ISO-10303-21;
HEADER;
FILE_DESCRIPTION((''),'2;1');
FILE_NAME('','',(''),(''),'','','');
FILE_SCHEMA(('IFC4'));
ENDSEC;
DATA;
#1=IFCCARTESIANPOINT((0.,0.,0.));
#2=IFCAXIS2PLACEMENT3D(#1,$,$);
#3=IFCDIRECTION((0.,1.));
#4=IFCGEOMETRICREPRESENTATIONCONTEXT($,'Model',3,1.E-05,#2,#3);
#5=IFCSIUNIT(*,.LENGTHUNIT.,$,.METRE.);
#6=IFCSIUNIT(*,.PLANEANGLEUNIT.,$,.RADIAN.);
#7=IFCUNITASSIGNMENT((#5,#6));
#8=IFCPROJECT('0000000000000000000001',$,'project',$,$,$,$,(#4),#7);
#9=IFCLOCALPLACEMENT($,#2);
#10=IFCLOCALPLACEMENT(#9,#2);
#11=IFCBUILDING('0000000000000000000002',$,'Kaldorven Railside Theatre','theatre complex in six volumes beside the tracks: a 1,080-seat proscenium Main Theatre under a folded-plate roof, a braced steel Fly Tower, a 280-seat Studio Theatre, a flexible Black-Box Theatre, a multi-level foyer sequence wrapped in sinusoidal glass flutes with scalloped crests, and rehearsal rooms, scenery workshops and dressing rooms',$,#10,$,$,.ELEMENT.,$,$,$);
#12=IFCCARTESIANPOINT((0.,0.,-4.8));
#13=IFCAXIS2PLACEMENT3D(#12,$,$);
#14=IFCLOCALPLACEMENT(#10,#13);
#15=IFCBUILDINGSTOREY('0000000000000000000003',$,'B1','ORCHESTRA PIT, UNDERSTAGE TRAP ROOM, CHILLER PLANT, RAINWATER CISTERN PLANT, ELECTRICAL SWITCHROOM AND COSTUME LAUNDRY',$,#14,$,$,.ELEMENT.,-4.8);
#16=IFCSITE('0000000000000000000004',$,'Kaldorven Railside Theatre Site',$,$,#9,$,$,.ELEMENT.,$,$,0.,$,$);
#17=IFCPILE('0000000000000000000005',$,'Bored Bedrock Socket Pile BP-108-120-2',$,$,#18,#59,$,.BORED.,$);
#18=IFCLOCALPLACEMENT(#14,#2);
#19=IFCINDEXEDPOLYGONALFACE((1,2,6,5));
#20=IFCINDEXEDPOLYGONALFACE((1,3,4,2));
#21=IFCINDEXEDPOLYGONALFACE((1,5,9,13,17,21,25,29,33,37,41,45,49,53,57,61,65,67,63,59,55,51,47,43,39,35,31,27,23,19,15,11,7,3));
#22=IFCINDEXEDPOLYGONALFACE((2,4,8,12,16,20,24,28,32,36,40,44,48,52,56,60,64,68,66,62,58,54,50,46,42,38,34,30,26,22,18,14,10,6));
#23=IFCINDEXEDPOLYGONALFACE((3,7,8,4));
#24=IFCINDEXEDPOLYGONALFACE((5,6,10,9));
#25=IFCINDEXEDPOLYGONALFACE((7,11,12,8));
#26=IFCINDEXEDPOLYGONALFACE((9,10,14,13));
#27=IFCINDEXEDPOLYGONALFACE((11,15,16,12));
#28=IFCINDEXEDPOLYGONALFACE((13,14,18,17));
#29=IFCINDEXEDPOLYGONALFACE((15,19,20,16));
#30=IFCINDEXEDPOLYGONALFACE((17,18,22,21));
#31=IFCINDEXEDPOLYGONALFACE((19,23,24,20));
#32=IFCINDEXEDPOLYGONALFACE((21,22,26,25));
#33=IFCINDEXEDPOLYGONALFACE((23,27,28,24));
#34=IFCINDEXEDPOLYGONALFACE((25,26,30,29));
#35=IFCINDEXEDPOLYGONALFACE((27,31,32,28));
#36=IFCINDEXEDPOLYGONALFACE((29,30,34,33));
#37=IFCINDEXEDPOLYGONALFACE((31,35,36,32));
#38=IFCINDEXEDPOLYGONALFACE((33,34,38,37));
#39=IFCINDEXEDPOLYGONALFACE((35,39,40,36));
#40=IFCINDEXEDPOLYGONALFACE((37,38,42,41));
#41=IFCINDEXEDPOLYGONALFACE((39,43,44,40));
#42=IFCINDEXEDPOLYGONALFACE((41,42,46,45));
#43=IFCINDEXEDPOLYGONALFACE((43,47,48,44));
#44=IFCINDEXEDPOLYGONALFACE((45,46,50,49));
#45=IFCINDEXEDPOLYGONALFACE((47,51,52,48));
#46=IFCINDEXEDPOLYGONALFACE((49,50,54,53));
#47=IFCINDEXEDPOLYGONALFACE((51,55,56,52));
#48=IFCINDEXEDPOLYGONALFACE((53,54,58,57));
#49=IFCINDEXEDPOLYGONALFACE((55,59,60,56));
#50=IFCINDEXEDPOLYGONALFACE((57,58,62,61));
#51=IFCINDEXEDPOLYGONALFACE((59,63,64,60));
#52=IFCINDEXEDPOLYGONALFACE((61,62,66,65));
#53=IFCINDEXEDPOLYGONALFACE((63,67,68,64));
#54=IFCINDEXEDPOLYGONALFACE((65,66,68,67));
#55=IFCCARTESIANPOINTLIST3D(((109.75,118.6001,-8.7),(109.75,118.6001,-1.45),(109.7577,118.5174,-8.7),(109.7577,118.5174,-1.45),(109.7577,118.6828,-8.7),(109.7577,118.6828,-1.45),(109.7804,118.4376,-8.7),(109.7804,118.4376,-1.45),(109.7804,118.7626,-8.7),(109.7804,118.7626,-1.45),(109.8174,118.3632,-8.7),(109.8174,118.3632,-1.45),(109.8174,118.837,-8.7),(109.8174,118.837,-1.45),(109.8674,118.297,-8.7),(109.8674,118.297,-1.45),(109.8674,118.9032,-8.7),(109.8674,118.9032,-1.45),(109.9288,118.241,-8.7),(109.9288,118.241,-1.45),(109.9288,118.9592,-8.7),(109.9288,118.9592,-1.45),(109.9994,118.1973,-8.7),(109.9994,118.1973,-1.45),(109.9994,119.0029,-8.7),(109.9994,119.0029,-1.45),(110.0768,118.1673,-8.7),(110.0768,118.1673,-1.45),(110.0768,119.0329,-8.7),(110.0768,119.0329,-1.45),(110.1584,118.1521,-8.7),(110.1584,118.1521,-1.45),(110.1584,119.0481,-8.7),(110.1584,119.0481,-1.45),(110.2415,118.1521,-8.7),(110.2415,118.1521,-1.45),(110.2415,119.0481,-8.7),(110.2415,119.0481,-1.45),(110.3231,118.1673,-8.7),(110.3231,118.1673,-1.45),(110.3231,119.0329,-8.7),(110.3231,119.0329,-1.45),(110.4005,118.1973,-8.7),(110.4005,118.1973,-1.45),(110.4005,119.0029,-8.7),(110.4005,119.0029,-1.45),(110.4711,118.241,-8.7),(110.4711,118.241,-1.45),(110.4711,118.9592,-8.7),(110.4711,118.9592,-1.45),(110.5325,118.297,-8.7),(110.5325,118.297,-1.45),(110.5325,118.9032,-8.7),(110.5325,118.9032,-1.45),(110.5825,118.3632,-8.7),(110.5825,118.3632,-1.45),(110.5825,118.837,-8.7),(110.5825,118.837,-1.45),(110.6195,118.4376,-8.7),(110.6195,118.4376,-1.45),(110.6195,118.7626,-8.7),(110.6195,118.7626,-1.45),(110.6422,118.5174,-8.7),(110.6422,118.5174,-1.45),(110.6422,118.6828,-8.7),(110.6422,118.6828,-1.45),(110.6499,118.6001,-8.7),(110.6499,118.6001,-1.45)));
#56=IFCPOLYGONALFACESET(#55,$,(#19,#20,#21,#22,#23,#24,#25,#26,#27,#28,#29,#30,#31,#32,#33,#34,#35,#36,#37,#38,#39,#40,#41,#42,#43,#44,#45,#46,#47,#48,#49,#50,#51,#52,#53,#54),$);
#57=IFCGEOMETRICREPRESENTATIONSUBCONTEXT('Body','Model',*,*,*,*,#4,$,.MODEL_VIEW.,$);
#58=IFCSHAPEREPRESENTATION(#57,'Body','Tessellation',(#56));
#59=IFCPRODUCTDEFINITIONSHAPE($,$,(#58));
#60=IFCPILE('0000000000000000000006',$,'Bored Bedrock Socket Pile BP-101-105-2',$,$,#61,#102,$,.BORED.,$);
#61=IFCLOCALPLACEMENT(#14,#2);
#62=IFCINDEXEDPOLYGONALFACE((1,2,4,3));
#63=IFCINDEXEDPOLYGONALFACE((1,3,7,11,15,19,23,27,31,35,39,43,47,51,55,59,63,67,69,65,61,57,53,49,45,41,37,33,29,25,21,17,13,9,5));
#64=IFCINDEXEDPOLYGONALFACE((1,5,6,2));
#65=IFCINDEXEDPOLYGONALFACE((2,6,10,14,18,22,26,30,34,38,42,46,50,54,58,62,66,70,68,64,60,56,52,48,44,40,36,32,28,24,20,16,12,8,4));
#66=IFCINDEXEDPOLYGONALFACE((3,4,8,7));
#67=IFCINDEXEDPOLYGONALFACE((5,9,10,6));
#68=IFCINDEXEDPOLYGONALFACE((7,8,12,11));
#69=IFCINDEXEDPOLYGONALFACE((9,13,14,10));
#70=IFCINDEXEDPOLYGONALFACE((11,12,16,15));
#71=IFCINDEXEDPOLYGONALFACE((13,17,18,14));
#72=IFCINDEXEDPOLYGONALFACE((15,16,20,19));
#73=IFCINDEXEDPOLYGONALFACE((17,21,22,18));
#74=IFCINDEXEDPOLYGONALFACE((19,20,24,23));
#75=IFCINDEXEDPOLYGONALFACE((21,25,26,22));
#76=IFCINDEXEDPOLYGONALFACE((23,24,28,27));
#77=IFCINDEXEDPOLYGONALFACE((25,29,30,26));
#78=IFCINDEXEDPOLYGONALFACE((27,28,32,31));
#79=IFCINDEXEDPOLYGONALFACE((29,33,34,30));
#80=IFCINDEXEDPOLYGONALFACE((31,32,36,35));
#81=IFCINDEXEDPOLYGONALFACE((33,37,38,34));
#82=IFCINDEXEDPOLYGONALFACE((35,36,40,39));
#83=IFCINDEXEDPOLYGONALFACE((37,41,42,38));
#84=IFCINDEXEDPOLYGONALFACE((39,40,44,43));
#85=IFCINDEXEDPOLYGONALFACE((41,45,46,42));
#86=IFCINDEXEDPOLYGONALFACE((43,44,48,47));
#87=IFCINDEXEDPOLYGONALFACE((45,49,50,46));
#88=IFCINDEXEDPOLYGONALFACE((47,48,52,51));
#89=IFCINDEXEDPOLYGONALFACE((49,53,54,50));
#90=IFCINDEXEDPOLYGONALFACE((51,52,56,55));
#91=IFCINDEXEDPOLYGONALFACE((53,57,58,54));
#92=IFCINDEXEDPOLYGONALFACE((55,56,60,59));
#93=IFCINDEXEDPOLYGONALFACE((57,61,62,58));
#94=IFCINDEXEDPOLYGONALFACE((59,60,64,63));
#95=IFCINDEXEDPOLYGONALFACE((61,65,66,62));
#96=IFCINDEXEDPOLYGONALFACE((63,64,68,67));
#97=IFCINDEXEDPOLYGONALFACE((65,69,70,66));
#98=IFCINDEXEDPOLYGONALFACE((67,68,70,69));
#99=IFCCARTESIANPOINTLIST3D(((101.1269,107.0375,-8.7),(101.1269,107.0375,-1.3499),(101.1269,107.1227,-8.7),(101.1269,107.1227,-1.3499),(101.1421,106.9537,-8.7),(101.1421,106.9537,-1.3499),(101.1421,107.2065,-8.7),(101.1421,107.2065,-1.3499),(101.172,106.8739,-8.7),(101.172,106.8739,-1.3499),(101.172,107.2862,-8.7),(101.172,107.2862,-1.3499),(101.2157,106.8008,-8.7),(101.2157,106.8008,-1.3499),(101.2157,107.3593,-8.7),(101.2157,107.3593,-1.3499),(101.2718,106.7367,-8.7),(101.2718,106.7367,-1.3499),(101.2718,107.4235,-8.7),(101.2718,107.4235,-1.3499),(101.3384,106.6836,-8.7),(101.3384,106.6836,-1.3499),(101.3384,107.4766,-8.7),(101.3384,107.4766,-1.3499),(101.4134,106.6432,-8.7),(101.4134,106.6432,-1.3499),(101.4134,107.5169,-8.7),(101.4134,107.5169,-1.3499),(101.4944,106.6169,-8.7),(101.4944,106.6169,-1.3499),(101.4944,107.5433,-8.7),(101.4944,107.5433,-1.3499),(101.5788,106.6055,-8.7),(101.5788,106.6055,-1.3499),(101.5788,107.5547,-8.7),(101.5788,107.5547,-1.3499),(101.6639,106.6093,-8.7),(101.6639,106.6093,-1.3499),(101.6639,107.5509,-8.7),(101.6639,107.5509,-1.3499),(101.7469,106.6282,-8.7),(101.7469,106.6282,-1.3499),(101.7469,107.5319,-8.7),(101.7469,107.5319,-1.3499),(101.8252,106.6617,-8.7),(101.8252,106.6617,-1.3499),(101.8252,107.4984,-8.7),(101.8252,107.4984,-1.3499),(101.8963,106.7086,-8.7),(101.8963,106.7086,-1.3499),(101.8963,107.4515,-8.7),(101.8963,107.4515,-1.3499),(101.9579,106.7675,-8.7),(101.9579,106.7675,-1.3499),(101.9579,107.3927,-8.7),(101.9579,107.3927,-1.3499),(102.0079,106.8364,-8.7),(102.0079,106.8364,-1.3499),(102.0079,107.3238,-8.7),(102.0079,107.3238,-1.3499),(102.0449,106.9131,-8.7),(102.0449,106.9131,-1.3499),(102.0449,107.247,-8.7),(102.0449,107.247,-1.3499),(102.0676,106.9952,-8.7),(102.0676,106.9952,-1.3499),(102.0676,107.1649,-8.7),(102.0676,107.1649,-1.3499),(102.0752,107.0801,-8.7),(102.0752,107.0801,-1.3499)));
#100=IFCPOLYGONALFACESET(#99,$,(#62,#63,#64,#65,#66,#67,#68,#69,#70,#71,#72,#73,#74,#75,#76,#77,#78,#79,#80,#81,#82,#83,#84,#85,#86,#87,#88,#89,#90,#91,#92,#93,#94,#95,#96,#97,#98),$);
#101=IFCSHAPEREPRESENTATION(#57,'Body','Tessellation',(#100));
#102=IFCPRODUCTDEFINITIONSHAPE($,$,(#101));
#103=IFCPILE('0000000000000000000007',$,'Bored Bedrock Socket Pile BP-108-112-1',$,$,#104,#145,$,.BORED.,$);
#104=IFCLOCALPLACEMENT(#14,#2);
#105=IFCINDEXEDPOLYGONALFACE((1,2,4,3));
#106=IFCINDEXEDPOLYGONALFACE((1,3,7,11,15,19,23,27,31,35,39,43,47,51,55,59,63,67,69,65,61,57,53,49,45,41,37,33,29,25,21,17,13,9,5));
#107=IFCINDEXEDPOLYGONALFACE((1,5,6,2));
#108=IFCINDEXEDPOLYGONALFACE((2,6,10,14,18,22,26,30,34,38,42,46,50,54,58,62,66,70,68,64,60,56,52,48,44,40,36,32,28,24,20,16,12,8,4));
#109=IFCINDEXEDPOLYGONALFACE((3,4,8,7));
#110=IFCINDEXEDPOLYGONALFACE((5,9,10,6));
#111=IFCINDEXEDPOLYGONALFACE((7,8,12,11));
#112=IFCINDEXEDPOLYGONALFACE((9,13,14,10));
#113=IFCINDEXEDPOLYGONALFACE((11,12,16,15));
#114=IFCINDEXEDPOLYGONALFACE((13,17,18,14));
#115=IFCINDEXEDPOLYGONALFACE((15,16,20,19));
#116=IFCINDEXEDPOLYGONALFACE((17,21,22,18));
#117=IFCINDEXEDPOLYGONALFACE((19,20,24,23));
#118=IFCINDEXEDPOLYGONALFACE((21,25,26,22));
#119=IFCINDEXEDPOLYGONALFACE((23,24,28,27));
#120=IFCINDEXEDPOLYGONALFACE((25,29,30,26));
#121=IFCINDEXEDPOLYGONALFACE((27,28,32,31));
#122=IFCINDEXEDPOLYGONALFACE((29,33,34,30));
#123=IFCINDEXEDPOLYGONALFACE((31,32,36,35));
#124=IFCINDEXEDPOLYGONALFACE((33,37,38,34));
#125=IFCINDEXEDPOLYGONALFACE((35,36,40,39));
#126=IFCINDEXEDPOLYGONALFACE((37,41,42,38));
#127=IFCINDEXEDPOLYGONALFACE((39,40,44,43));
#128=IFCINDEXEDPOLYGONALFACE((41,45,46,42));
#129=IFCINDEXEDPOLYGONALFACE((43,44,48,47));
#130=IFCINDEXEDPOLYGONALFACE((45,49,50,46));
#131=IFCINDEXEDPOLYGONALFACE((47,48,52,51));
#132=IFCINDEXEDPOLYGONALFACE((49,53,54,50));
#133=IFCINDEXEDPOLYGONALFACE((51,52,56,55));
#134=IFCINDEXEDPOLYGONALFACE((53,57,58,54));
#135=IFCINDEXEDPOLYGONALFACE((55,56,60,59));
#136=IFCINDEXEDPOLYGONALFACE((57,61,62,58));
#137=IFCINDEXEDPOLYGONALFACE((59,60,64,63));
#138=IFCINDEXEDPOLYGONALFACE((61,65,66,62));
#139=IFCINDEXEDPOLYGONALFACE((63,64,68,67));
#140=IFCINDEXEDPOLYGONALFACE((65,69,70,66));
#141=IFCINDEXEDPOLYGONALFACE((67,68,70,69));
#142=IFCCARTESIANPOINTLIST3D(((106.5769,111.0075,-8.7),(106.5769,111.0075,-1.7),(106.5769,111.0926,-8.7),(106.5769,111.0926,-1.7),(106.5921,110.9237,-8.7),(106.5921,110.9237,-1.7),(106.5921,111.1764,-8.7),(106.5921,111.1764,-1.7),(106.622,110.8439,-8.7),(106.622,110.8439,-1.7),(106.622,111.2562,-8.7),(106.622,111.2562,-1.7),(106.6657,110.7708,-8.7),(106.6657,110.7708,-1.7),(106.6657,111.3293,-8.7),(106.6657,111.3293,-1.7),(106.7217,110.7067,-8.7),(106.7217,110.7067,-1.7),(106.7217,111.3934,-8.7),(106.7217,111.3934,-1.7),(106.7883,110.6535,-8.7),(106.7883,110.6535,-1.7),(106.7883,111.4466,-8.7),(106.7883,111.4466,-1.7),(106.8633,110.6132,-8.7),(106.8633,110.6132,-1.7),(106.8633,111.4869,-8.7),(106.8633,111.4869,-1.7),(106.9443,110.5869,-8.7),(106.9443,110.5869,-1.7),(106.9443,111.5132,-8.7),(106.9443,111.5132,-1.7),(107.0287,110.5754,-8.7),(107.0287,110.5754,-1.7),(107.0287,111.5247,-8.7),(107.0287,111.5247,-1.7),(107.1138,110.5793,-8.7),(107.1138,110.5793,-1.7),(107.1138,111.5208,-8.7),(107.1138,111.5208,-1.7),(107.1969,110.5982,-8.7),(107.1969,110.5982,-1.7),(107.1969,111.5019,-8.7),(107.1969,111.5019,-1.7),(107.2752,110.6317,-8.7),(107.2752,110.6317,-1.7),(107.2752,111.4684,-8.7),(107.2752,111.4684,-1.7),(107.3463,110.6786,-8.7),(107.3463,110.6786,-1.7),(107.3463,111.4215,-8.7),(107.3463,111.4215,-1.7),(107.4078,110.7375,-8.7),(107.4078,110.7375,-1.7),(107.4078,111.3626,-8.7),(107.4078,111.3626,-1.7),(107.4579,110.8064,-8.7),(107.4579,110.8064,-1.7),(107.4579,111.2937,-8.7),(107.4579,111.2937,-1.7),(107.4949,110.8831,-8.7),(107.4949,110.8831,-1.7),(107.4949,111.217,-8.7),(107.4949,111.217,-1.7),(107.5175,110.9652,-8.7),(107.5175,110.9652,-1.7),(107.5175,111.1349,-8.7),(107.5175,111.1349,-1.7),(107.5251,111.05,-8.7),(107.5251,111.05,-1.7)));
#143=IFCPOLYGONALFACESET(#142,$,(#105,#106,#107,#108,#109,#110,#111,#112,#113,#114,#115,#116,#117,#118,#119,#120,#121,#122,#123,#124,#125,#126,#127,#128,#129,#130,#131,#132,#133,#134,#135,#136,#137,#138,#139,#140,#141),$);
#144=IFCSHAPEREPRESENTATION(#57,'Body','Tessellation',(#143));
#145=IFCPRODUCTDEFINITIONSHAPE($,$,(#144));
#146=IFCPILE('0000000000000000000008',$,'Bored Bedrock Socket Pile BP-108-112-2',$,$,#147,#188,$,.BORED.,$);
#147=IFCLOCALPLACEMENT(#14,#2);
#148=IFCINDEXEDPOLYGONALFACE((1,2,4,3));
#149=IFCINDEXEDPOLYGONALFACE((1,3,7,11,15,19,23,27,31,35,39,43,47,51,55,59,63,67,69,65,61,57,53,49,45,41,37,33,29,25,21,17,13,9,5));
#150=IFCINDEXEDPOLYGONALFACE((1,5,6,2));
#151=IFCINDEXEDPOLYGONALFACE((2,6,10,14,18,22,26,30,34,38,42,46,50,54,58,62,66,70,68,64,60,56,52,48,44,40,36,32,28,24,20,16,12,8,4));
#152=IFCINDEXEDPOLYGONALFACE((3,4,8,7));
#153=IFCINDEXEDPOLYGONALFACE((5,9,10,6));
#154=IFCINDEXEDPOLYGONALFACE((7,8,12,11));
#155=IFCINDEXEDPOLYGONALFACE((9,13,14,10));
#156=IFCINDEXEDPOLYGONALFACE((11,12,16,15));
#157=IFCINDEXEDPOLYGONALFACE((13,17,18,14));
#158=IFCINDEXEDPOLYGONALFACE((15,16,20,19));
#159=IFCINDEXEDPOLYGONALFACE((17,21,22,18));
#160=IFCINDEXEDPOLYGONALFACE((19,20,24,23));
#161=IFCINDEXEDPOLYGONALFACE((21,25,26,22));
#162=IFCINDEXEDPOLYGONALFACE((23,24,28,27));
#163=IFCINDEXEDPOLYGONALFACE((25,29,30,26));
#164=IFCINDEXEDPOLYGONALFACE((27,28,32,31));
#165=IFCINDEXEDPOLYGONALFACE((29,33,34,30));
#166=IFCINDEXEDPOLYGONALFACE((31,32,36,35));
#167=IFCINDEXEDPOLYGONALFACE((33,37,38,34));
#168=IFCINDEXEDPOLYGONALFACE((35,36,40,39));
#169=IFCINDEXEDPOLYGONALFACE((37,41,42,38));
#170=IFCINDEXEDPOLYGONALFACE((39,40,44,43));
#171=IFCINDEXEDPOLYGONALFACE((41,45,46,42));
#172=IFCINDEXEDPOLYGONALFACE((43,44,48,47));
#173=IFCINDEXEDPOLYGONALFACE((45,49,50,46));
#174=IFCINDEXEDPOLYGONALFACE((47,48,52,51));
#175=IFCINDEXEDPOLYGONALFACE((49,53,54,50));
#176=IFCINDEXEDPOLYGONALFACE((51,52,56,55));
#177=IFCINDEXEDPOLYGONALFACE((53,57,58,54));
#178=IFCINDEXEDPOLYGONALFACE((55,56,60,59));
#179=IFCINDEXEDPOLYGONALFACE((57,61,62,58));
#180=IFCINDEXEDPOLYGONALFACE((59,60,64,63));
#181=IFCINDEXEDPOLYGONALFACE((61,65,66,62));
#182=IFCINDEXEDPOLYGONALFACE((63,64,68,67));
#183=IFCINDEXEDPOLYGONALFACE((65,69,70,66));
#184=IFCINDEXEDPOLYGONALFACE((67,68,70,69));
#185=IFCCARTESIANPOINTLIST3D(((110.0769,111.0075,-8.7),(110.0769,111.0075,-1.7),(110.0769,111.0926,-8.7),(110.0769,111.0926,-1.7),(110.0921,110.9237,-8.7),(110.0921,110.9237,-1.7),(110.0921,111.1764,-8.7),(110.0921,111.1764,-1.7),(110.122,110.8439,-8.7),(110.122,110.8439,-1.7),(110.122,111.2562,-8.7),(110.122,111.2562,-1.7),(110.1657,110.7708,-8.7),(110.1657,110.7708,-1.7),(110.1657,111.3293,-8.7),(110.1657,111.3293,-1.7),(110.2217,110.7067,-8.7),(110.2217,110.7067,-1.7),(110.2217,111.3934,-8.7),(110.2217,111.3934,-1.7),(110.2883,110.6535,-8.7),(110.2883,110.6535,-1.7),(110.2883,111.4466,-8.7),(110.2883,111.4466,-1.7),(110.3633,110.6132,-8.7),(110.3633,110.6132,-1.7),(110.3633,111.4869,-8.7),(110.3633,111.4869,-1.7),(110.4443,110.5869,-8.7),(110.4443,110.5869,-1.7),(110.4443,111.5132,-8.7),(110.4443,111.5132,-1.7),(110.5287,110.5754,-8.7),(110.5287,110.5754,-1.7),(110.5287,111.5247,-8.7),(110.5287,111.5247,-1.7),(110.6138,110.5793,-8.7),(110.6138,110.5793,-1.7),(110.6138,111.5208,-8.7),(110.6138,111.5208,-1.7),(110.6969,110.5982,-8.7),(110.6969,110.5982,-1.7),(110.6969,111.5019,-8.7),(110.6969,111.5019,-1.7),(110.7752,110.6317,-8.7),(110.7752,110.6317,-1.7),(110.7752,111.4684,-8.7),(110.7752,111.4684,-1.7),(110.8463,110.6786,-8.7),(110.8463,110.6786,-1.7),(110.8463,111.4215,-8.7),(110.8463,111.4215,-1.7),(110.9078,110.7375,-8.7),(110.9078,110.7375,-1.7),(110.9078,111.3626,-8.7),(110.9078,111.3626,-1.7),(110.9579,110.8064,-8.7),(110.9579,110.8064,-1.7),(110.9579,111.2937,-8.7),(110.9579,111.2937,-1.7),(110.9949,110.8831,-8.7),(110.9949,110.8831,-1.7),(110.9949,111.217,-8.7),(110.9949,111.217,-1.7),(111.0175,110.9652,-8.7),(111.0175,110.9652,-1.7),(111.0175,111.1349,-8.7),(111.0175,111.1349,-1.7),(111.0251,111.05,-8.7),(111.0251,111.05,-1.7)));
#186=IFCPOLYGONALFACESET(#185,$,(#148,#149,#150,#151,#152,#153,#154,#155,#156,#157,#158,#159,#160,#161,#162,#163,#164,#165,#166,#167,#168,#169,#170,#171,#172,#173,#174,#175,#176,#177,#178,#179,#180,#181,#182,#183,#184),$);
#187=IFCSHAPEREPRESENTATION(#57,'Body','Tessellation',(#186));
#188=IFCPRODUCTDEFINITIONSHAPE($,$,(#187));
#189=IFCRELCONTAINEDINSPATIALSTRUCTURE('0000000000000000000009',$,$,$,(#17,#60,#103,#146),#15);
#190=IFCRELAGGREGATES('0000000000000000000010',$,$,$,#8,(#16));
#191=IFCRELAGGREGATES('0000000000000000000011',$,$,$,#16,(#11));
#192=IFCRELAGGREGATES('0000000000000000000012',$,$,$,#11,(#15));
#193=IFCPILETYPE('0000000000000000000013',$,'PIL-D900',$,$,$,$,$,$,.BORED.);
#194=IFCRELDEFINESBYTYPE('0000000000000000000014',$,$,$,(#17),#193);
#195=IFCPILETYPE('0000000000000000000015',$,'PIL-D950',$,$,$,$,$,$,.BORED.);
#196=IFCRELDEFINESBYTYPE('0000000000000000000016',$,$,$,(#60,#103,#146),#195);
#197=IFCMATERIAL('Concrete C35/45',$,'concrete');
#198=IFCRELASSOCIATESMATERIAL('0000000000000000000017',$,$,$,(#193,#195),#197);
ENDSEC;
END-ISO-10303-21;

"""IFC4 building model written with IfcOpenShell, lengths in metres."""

from ifc_helpers import new_model, si_unit, direction, frame, origin, origin_2d, place, context, subcontext, project, spatial, circle, extrude, material, material_profile, profile_set, type_object, element, save


model = new_model("IFC4")

# Units and contexts
model_context = context("Model", 3, precision=1e-05, world=origin(), true_north=direction((0.0, 1.0)))
body_context = subcontext(model_context, "Body", "Model", "MODEL_VIEW")
ifc_project = project(units=[si_unit("LENGTHUNIT", "METRE"), si_unit("PLANEANGLEUNIT", "RADIAN")], contexts=[model_context])

# Site, building, storey
site_placement = place(None, origin())
site = spatial("IfcSite", under=ifc_project, at=site_placement, Name="Kaldorven Railside Theatre Site", CompositionType="ELEMENT", RefElevation=0.0)
building_placement = place(site_placement, origin())
building = spatial("IfcBuilding", under=site, at=building_placement, Name="Kaldorven Railside Theatre", Description="theatre complex in six volumes beside the tracks: a 1,080-seat proscenium Main Theatre under a folded-plate roof, a braced steel Fly Tower, a 280-seat Studio Theatre, a flexible Black-Box Theatre, a multi-level foyer sequence wrapped in sinusoidal glass flutes with scalloped crests, and rehearsal rooms, scenery workshops and dressing rooms", CompositionType="ELEMENT")
storey_placement = place(building_placement, frame((0.0, 0.0, -4.8)))
storey = spatial("IfcBuildingStorey", under=building, at=storey_placement, Name="B1", Description="ORCHESTRA PIT, UNDERSTAGE TRAP ROOM, CHILLER PLANT, RAINWATER CISTERN PLANT, ELECTRICAL SWITCHROOM AND COSTUME LAUNDRY", CompositionType="ELEMENT", Elevation=-4.8)

# Piles
ifc_material_1 = material(Name="Concrete C35/45", Category="concrete")
ifc_material_profile_1 = material_profile(ifc_material_1, circle(Radius=0.45, at=origin_2d()), Name="BP D900")
ifc_profile_set_1 = profile_set([ifc_material_profile_1], Name="Concrete C35/45")
pile_type_1 = type_object("IfcPileType", Name="PIL-D900", PredefinedType="BORED", material=ifc_profile_set_1)
for number, where, z_axis, x_axis, name in (
    (1, (110.2, 118.6001, -1.45), (0.0, 0.0, -1.0), (1.0, 0.0, 0.0), "Bored Bedrock Socket Pile BP-108-120-2"),
):
    element("IfcPile", number, at=place(storey_placement, frame(where, z_axis=z_axis, x_axis=x_axis)), inside=storey, type_object=pile_type_1, Name=name, PredefinedType="BORED", context=body_context, shape_type="SweptSolid", body=[
        extrude(circle(Radius=0.45, at=origin_2d()), origin(), (0.0, 0.0, 1.0), 7.25),
    ])
ifc_material_profile_2 = material_profile(ifc_material_1, circle(Radius=0.4751, at=origin_2d()), Name="BP D950")
ifc_profile_set_2 = profile_set([ifc_material_profile_2], Name="Concrete C35/45")
pile_type_2 = type_object("IfcPileType", Name="PIL-D950", PredefinedType="BORED", material=ifc_profile_set_2)
pile_placement = place(storey_placement, frame((101.6001, 107.0801, -1.3499), z_axis=(0.0, 0.0, -1.0), x_axis=(1.0, 0.0, 0.0)))
element("IfcPile", 2, at=pile_placement, inside=storey, type_object=pile_type_2, Name="Bored Bedrock Socket Pile BP-101-105-2", PredefinedType="BORED", context=body_context, shape_type="SweptSolid", body=[
    extrude(circle(Radius=0.4751, at=origin_2d()), origin(), (0.0, 0.0, 1.0), 7.3501),
])
for number, where, z_axis, x_axis, name in (
    (3, (107.05, 111.05, -1.7), (0.0, 0.0, -1.0), (1.0, 0.0, 0.0), "Bored Bedrock Socket Pile BP-108-112-1"),
    (4, (110.55, 111.05, -1.7), (0.0, 0.0, -1.0), (1.0, 0.0, 0.0), "Bored Bedrock Socket Pile BP-108-112-2"),
):
    element("IfcPile", number, at=place(storey_placement, frame(where, z_axis=z_axis, x_axis=x_axis)), inside=storey, type_object=pile_type_2, Name=name, PredefinedType="BORED", context=body_context, shape_type="SweptSolid", body=[
        extrude(circle(Radius=0.4751, at=origin_2d()), origin(), (0.0, 0.0, 1.0), 7.0),
    ])

save(model, "model.ifc")
